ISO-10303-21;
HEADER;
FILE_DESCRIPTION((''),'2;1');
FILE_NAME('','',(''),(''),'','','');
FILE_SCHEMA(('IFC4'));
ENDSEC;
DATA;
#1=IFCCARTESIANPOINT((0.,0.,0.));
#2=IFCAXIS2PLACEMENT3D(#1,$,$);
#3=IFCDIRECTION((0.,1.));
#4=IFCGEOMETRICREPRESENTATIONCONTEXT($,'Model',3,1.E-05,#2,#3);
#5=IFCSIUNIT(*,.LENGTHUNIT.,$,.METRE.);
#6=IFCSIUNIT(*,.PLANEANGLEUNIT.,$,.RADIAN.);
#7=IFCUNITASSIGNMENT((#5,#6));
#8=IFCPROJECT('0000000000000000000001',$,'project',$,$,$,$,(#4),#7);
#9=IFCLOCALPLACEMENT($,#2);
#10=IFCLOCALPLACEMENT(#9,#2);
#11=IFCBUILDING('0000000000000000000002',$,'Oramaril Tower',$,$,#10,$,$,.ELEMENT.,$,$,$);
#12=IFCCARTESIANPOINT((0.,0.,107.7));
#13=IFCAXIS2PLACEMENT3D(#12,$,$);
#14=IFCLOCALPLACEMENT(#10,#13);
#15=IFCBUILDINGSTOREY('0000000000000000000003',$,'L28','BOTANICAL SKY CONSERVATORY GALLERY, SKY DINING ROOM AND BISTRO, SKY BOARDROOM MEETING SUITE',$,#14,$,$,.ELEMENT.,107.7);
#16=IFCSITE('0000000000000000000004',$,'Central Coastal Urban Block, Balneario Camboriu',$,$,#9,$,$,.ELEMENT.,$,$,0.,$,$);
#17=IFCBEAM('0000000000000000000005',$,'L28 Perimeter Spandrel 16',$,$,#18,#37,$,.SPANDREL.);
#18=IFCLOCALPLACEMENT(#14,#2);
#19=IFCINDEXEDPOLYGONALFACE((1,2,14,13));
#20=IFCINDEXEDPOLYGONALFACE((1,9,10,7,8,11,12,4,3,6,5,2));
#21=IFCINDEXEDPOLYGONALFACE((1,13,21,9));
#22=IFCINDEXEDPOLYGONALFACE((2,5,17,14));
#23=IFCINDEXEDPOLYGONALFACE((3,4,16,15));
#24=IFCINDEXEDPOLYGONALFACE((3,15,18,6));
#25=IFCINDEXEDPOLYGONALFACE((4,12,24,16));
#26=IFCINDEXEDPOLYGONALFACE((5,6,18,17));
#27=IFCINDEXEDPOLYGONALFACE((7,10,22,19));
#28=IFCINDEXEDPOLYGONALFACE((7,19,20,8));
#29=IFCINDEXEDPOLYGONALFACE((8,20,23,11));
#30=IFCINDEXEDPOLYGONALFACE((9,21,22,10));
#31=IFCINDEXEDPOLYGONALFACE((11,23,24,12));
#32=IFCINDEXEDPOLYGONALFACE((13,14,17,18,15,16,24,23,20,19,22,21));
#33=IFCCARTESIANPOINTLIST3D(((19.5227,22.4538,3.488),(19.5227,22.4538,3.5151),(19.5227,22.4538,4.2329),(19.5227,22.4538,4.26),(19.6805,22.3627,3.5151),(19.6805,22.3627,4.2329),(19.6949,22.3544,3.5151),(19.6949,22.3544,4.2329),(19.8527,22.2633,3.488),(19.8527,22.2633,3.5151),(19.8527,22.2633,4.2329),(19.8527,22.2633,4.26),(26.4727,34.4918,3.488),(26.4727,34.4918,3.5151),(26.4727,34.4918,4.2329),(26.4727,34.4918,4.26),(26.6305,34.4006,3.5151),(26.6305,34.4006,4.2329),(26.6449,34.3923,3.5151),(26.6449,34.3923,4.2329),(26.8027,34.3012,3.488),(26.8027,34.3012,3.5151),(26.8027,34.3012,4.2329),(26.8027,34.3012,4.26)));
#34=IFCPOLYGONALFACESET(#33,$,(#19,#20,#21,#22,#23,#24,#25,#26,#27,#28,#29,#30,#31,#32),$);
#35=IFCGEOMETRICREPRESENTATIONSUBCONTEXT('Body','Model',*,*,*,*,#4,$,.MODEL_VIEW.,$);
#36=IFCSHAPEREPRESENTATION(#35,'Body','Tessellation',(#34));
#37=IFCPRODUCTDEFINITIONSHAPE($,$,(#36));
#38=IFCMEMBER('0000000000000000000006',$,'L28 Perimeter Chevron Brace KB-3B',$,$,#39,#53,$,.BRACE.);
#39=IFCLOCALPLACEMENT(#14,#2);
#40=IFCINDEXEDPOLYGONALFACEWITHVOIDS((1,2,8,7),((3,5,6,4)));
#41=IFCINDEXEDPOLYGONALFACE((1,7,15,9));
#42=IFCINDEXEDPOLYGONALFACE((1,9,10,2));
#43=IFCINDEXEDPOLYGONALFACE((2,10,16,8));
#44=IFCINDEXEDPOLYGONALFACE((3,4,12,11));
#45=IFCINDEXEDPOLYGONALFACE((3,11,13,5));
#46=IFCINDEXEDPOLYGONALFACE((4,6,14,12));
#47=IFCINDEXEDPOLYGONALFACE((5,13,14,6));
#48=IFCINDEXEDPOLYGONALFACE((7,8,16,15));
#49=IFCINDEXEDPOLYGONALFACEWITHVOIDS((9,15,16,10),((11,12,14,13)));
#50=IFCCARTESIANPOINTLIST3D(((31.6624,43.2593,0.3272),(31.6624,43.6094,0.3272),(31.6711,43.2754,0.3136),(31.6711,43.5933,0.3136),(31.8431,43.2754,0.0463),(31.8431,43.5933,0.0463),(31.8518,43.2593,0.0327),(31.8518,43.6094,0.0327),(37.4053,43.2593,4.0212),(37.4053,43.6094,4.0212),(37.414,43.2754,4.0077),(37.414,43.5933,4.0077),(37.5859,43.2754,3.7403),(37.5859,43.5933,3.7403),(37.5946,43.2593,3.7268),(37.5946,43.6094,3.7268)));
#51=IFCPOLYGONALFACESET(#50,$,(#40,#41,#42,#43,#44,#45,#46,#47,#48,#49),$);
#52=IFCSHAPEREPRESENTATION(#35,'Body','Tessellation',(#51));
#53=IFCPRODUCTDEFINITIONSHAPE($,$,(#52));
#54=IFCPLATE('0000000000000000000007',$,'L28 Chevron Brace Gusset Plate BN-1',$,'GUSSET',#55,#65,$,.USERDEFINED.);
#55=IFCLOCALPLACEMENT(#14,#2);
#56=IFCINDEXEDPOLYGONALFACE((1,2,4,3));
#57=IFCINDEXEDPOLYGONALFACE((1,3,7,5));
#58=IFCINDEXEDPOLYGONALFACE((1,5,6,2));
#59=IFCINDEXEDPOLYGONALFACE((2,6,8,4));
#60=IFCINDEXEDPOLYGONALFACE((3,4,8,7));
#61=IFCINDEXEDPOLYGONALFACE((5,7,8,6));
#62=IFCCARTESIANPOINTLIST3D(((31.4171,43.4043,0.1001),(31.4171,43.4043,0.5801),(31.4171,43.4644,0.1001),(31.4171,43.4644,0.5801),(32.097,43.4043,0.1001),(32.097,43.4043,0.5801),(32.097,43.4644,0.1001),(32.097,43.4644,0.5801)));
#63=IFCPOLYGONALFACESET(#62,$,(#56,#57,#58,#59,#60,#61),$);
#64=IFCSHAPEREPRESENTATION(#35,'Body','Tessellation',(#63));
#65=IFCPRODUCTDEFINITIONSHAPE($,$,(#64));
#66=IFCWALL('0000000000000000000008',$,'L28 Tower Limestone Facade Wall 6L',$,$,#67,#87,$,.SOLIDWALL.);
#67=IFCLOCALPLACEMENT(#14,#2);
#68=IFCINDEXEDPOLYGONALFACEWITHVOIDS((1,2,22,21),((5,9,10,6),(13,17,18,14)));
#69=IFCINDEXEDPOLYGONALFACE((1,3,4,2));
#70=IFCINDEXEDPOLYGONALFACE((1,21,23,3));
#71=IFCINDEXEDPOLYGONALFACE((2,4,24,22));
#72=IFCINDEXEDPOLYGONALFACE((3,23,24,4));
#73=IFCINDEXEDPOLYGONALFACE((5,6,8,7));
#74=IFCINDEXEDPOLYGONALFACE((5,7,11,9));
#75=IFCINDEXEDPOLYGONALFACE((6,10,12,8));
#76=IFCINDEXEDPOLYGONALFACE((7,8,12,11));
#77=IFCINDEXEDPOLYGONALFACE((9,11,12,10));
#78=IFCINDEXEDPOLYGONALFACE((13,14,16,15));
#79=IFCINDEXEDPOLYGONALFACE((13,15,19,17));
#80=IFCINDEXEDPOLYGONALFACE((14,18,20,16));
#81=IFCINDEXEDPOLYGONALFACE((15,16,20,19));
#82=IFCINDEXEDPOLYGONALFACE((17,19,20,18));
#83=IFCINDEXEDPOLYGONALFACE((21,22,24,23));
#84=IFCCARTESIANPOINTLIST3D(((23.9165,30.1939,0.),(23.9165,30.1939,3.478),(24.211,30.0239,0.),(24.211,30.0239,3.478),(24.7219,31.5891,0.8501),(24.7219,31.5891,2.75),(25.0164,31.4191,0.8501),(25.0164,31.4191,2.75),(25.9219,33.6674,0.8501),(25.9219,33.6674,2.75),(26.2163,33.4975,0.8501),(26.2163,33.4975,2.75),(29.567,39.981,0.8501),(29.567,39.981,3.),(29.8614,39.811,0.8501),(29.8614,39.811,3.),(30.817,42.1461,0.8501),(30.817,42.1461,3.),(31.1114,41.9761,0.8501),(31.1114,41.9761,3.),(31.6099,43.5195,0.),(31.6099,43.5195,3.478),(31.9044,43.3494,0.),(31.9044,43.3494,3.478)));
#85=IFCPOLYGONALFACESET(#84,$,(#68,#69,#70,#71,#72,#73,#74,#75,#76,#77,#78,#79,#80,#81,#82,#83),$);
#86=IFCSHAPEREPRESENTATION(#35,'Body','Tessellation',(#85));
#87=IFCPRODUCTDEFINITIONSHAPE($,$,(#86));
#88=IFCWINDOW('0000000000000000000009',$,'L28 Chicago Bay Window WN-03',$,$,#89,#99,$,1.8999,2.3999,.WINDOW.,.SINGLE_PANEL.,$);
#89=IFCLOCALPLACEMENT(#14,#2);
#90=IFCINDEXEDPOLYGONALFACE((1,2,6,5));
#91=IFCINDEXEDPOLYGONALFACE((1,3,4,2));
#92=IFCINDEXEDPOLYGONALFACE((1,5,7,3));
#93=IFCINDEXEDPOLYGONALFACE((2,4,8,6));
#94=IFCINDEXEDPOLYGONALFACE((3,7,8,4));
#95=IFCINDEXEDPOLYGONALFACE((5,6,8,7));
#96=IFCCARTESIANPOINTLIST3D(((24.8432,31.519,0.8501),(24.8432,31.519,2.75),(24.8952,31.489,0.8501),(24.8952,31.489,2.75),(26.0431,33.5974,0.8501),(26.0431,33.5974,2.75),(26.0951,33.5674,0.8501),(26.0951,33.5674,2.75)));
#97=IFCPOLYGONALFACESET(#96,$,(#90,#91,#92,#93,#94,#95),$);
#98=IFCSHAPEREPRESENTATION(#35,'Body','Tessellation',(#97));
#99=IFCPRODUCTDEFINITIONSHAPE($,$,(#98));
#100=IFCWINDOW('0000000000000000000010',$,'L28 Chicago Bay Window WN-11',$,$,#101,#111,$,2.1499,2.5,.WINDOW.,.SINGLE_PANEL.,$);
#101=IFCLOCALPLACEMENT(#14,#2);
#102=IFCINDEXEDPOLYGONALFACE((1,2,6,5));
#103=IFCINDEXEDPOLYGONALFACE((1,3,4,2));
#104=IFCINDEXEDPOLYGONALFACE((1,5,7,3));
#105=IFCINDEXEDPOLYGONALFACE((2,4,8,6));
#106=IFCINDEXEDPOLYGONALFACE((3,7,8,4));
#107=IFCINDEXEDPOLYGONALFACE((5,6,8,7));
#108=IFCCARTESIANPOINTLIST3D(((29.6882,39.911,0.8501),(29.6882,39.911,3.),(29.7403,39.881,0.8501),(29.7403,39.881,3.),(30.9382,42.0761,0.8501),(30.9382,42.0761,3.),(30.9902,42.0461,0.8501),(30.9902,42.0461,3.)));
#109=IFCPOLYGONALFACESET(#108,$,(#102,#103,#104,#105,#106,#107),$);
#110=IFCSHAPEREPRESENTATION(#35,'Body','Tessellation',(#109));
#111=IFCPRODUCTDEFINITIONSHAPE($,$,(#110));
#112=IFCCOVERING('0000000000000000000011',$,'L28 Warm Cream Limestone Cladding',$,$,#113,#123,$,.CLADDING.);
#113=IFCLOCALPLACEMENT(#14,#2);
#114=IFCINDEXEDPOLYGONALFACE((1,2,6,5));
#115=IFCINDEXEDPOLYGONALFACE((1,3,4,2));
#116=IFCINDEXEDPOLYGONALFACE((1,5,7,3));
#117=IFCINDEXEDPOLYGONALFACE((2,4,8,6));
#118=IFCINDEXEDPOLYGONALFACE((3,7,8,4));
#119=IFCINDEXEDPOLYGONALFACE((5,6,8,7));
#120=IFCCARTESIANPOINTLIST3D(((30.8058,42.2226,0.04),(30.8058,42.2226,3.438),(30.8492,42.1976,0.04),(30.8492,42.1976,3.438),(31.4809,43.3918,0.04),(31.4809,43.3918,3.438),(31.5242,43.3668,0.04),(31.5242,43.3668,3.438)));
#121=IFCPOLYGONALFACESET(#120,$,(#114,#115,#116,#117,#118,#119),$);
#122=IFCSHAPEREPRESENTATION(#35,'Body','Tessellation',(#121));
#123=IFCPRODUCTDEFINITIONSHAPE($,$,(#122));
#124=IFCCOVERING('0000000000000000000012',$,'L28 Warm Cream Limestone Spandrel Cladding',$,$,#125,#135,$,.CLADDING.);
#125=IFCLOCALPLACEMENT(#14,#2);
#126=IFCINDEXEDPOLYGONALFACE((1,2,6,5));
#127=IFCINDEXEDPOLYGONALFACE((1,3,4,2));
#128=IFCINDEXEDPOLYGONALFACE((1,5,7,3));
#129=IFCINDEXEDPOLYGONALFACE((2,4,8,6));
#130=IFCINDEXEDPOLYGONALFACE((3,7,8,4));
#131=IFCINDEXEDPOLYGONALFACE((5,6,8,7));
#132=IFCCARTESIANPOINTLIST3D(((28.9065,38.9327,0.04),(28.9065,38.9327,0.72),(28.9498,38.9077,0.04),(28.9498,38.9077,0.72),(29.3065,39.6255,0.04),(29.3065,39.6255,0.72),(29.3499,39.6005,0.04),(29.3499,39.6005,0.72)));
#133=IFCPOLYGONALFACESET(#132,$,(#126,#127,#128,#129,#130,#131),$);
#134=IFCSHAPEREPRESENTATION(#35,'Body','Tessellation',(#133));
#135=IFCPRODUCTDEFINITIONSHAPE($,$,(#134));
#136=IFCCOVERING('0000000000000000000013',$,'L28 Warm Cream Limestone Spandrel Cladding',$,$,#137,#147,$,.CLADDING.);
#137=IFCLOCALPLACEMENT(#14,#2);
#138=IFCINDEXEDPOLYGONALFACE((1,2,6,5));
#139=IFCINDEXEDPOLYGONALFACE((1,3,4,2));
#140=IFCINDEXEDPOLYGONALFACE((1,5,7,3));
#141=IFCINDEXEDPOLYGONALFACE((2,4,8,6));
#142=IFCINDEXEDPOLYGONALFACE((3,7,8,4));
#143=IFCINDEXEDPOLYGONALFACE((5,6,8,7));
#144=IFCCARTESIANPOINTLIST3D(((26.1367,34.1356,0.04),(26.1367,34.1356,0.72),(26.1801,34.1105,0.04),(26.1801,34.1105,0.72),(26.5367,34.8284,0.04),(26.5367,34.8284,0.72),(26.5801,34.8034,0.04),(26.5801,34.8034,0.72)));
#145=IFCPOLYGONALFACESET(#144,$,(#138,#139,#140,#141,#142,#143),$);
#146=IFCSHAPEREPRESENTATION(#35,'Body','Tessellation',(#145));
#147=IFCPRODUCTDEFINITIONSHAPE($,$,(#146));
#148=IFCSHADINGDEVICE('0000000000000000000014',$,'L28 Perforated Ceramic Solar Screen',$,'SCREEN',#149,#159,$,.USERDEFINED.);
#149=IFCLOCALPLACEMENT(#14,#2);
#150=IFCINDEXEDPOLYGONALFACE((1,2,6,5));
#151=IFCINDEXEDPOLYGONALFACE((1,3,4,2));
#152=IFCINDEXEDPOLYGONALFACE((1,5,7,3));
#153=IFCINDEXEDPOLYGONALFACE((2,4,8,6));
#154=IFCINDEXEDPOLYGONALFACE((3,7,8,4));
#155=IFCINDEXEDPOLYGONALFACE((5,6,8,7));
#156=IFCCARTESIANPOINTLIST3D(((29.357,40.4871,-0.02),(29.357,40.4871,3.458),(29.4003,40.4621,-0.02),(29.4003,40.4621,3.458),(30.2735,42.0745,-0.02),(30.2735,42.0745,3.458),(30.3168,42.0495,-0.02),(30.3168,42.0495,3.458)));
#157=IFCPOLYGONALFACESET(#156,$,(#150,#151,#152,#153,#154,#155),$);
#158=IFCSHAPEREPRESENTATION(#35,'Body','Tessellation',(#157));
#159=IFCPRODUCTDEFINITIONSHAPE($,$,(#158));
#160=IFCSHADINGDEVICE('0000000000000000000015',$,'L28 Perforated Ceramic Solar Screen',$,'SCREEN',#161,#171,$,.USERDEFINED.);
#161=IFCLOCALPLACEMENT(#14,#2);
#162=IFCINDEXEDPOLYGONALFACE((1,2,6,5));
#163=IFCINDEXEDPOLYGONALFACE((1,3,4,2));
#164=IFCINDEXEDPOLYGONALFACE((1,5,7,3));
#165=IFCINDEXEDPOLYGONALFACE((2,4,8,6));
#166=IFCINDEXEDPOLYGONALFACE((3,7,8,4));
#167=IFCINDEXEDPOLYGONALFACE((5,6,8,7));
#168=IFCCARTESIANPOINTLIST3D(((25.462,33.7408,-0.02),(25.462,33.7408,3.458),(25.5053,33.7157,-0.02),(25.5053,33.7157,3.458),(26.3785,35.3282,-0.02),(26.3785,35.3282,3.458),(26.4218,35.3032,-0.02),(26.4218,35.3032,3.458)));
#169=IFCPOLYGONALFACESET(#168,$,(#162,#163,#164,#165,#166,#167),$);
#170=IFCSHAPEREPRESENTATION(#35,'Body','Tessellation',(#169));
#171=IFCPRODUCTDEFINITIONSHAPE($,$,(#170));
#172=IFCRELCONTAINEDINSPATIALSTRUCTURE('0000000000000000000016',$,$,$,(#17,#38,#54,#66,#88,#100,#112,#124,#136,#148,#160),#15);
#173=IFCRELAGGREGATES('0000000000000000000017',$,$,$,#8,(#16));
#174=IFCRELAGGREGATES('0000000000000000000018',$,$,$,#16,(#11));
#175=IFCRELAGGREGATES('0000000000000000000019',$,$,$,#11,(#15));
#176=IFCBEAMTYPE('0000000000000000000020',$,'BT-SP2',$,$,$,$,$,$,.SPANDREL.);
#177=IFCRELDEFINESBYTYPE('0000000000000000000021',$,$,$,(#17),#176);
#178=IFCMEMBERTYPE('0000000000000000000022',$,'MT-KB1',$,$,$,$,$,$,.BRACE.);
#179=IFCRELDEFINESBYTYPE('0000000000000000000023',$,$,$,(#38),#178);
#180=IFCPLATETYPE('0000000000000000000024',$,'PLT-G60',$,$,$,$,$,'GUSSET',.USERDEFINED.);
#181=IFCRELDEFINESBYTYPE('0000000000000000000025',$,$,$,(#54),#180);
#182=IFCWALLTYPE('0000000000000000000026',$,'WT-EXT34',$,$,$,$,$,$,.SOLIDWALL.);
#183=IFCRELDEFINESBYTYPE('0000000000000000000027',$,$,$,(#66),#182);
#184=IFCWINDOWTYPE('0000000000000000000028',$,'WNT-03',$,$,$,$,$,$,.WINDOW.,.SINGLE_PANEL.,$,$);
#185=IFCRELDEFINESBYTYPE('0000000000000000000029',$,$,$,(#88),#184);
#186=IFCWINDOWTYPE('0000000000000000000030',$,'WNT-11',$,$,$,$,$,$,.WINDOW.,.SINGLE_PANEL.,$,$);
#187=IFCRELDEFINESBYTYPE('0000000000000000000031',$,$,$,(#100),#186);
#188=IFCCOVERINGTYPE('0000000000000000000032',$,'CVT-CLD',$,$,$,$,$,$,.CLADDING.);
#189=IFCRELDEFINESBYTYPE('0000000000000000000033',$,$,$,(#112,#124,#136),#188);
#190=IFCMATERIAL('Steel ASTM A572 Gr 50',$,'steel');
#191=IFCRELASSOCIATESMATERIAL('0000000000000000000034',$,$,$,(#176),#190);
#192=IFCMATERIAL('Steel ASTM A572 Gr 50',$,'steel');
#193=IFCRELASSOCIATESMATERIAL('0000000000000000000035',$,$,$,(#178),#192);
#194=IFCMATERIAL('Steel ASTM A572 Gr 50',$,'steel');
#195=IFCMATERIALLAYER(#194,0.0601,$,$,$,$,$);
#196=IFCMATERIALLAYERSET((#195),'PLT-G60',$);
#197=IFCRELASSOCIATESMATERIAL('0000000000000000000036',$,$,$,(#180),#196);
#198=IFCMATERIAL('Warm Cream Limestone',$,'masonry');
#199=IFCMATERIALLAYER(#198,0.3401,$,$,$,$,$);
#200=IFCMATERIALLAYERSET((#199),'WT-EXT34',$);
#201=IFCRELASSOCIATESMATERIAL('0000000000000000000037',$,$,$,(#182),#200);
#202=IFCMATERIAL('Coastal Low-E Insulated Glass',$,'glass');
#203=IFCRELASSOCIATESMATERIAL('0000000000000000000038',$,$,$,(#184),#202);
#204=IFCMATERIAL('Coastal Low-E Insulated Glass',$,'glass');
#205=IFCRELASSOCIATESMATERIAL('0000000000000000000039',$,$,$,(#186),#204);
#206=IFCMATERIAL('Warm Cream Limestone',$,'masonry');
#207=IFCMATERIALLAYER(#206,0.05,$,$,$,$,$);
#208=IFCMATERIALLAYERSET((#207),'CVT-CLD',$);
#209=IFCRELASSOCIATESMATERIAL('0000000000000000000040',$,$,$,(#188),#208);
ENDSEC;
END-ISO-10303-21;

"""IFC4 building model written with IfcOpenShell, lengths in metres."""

from ifc_helpers import new_model, si_unit, direction, frame, frame_2d, origin, origin_2d, place, context, subcontext, project, spatial, rectangle, hollow_rectangle, i_section, extrude, material, layer, layer_set, material_profile, profile_set, type_object, element, fill, save


model = new_model("IFC4")

# Units and contexts
model_context = context("Model", 3, precision=1e-05, world=origin(), true_north=direction((0.0, 1.0)))
body_context = subcontext(model_context, "Body", "Model", "MODEL_VIEW")
ifc_project = project(units=[si_unit("LENGTHUNIT", "METRE"), si_unit("PLANEANGLEUNIT", "RADIAN")], contexts=[model_context])

# Site, building, storey
site_placement = place(None, origin())
site = spatial("IfcSite", under=ifc_project, at=site_placement, Name="Central Coastal Urban Block, Balneario Camboriu", CompositionType="ELEMENT", RefElevation=0.0)
building_placement = place(site_placement, origin())
building = spatial("IfcBuilding", under=site, at=building_placement, Name="Oramaril Tower", CompositionType="ELEMENT")
storey_placement = place(building_placement, frame((0.0, 0.0, 107.7)))
storey = spatial("IfcBuildingStorey", under=building, at=storey_placement, Name="L28", Description="BOTANICAL SKY CONSERVATORY GALLERY, SKY DINING ROOM AND BISTRO, SKY BOARDROOM MEETING SUITE", CompositionType="ELEMENT", Elevation=107.7)

# Beam
ifc_material_1 = material(Name="Steel ASTM A572 Gr 50", Category="steel")
ifc_material_profile_1 = material_profile(ifc_material_1, i_section(OverallWidth=0.3811, OverallDepth=0.772, WebThickness=0.0166, FlangeThickness=0.0271, at=origin_2d()), Name="W30X173")
ifc_profile_set_1 = profile_set([ifc_material_profile_1], Name="Steel ASTM A572 Gr 50")
beam_type_1 = type_object("IfcBeamType", Name="BT-SP2", PredefinedType="SPANDREL", material=ifc_profile_set_1)
beam_1_placement = place(storey_placement, frame((26.6377, 34.3965, 3.874), z_axis=(-0.499995, -0.866029, 0.0), x_axis=(0.866029, -0.499995, 0.0)))
element("IfcBeam", 1, at=beam_1_placement, inside=storey, type_object=beam_type_1, Name="L28 Perimeter Spandrel 16", PredefinedType="SPANDREL", context=body_context, shape_type="SweptSolid", body=[
    extrude(i_section(OverallWidth=0.3811, OverallDepth=0.772, WebThickness=0.0166, FlangeThickness=0.0271, at=origin_2d()), origin(), (0.0, 0.0, 1.0), 13.9001),
])

# Member
ifc_material_2 = material(Name="Steel ASTM A572 Gr 50", Category="steel")
ifc_material_profile_2 = material_profile(ifc_material_2, hollow_rectangle(XDim=0.3501, YDim=0.3501, WallThickness=0.0161, at=origin_2d()), Name="HSS350X350X16")
ifc_profile_set_2 = profile_set([ifc_material_profile_2], Name="Steel ASTM A572 Gr 50")
member_type = type_object("IfcMemberType", Name="MT-KB1", PredefinedType="BRACE", material=ifc_profile_set_2)
member_placement = place(storey_placement, frame((31.7571, 43.4343, 0.1799), z_axis=(0.841031, 0.0, 0.540987), x_axis=(0.0, 1.0, 0.0)))
element("IfcMember", 2, at=member_placement, inside=storey, type_object=member_type, Name="L28 Perimeter Chevron Brace KB-3B", PredefinedType="BRACE", context=body_context, shape_type="SweptSolid", body=[
    extrude(hollow_rectangle(XDim=0.3501, YDim=0.3501, WallThickness=0.0161, at=origin_2d()), origin(), (0.0, 0.0, 1.0), 6.8284),
])

# Plate
ifc_material_3 = material(Name="Steel ASTM A572 Gr 50", Category="steel")
ifc_layer_1 = layer(ifc_material_3, 0.0601)
ifc_layer_set_1 = layer_set([ifc_layer_1], Name="PLT-G60")
plate_type = type_object("IfcPlateType", Name="PLT-G60", ElementType="GUSSET", PredefinedType="USERDEFINED", material=ifc_layer_set_1)
plate_placement = place(storey_placement, frame((31.7571, 43.4343, 0.1001), z_axis=(0.0, 0.0, 1.0), x_axis=(-1.0, 0.0, 0.0)))
element("IfcPlate", 3, at=plate_placement, inside=storey, type_object=plate_type, Name="L28 Chevron Brace Gusset Plate BN-1", ObjectType="GUSSET", PredefinedType="USERDEFINED", context=body_context, shape_type="SweptSolid", body=[
    extrude(rectangle(XDim=0.6799, YDim=0.0601, at=origin_2d()), origin(), (0.0, 0.0, 1.0), 0.48),
])

# Wall, openings, windows
ifc_material_4 = material(Name="Warm Cream Limestone", Category="masonry")
ifc_layer_2 = layer(ifc_material_4, 0.3401)
ifc_layer_set_2 = layer_set([ifc_layer_2], Name="WT-EXT34")
wall_type = type_object("IfcWallType", Name="WT-EXT34", PredefinedType="SOLIDWALL", material=ifc_layer_set_2)
wall_placement = place(storey_placement, frame((31.7571, 43.4343, 0.0), z_axis=(0.0, 0.0, 1.0), x_axis=(-0.499996, -0.866028, 0.0)))
wall = element("IfcWall", 4, at=wall_placement, inside=storey, type_object=wall_type, Name="L28 Tower Limestone Facade Wall 6L", PredefinedType="SOLIDWALL", context=body_context, shape_type="SweptSolid", body=[
    extrude(rectangle(XDim=15.387, YDim=0.3401, at=frame_2d((7.6934, 0.0))), origin(), (0.0, 0.0, 1.0), 3.478),
])
opening_1_placement = place(wall_placement, frame((1.5857, 0.0, 0.8501)))
opening_1 = element("IfcOpeningElement", 5, at=opening_1_placement, cuts=wall, PredefinedType="OPENING", context=body_context, shape_type="SweptSolid", body=[
    extrude(rectangle(XDim=2.5, YDim=2.1499, at=frame_2d((1.25, 1.075))), frame((0.0, 0.1699, 0.0), z_axis=(0.0, -1.0, 0.0), x_axis=(1.0, 0.0, 0.0)), (0.0, 0.0, 1.0), 0.3401),
])
opening_2_placement = place(wall_placement, frame((11.376, 0.0, 0.8501)))
opening_2 = element("IfcOpeningElement", 6, at=opening_2_placement, cuts=wall, PredefinedType="OPENING", context=body_context, shape_type="SweptSolid", body=[
    extrude(rectangle(XDim=2.3999, YDim=1.8999, at=frame_2d((1.2, 0.95))), frame((0.0, 0.1699, 0.0), z_axis=(0.0, -1.0, 0.0), x_axis=(1.0, 0.0, 0.0)), (0.0, 0.0, 1.0), 0.3401),
])
ifc_material_5 = material(Name="Coastal Low-E Insulated Glass", Category="glass")
window_type_1 = type_object("IfcWindowType", Name="WNT-03", PartitioningType="SINGLE_PANEL", PredefinedType="WINDOW", material=ifc_material_5)
window_1_placement = place(opening_2_placement, origin())
window_1 = element("IfcWindow", 7, at=window_1_placement, inside=storey, type_object=window_type_1, Name="L28 Chicago Bay Window WN-03", OverallHeight=1.8999, OverallWidth=2.3999, PartitioningType="SINGLE_PANEL", PredefinedType="WINDOW", context=body_context, shape_type="SweptSolid", body=[
    extrude(rectangle(XDim=2.3999, YDim=1.8999, at=frame_2d((1.2, 0.95))), frame((0.0, 0.03, 0.0), z_axis=(0.0, -1.0, 0.0), x_axis=(1.0, 0.0, 0.0)), (0.0, 0.0, 1.0), 0.0601),
])
fill(opening_2, window_1)
ifc_material_6 = material(Name="Coastal Low-E Insulated Glass", Category="glass")
window_type_2 = type_object("IfcWindowType", Name="WNT-11", PartitioningType="SINGLE_PANEL", PredefinedType="WINDOW", material=ifc_material_6)
window_2_placement = place(opening_1_placement, origin())
window_2 = element("IfcWindow", 8, at=window_2_placement, inside=storey, type_object=window_type_2, Name="L28 Chicago Bay Window WN-11", OverallHeight=2.1499, OverallWidth=2.5, PartitioningType="SINGLE_PANEL", PredefinedType="WINDOW", context=body_context, shape_type="SweptSolid", body=[
    extrude(rectangle(XDim=2.5, YDim=2.1499, at=frame_2d((1.25, 1.075))), frame((0.0, 0.03, 0.0), z_axis=(0.0, -1.0, 0.0), x_axis=(1.0, 0.0, 0.0)), (0.0, 0.0, 1.0), 0.0601),
])
fill(opening_1, window_2)

# Coverings
ifc_material_7 = material(Name="Warm Cream Limestone", Category="masonry")
ifc_layer_3 = layer(ifc_material_7, 0.05)
ifc_layer_set_3 = layer_set([ifc_layer_3], Name="CVT-CLD")
covering_type = type_object("IfcCoveringType", Name="CVT-CLD", PredefinedType="CLADDING", material=ifc_layer_set_3)
covering_placement = place(storey_placement, frame((31.165, 42.7947, 0.04), z_axis=(0.0, 0.0, 1.0), x_axis=(-0.499998, -0.866026, 0.0)))
element("IfcCovering", 9, at=covering_placement, inside=storey, type_object=covering_type, Name="L28 Warm Cream Limestone Cladding", PredefinedType="CLADDING", context=body_context, shape_type="SweptSolid", body=[
    extrude(rectangle(XDim=1.3501, YDim=0.05, at=origin_2d()), origin(), (0.0, 0.0, 1.0), 3.3979),
])
for number, where, z_axis, x_axis, name in (
    (10, (29.1282, 39.2666, 0.04), (0.0, 0.0, 1.0), (-0.499998, -0.866026, 0.0), "L28 Warm Cream Limestone Spandrel Cladding"),
    (11, (26.3584, 34.4695, 0.04), (0.0, 0.0, 1.0), (-0.499998, -0.866026, 0.0), "L28 Warm Cream Limestone Spandrel Cladding"),
):
    element("IfcCovering", number, at=place(storey_placement, frame(where, z_axis=z_axis, x_axis=x_axis)), inside=storey, type_object=covering_type, Name=name, PredefinedType="CLADDING", context=body_context, shape_type="SweptSolid", body=[
        extrude(rectangle(XDim=0.8, YDim=0.05, at=origin_2d()), origin(), (0.0, 0.0, 1.0), 0.6799),
    ])

# Shading devices
for number, where, z_axis, x_axis, name in (
    (12, (29.8369, 41.2683, -0.02), (0.0, 0.0, 1.0), (-0.499997, -0.866027, 0.0), "L28 Perforated Ceramic Solar Screen"),
    (13, (25.9419, 34.522, -0.02), (0.0, 0.0, 1.0), (-0.499997, -0.866027, 0.0), "L28 Perforated Ceramic Solar Screen"),
):
    element("IfcShadingDevice", number, at=place(storey_placement, frame(where, z_axis=z_axis, x_axis=x_axis)), inside=storey, Name=name, ObjectType="SCREEN", PredefinedType="USERDEFINED", context=body_context, shape_type="SweptSolid", body=[
        extrude(rectangle(XDim=1.833, YDim=0.05, at=origin_2d()), origin(), (0.0, 0.0, 1.0), 3.478),
    ])

save(model, "model.ifc")
